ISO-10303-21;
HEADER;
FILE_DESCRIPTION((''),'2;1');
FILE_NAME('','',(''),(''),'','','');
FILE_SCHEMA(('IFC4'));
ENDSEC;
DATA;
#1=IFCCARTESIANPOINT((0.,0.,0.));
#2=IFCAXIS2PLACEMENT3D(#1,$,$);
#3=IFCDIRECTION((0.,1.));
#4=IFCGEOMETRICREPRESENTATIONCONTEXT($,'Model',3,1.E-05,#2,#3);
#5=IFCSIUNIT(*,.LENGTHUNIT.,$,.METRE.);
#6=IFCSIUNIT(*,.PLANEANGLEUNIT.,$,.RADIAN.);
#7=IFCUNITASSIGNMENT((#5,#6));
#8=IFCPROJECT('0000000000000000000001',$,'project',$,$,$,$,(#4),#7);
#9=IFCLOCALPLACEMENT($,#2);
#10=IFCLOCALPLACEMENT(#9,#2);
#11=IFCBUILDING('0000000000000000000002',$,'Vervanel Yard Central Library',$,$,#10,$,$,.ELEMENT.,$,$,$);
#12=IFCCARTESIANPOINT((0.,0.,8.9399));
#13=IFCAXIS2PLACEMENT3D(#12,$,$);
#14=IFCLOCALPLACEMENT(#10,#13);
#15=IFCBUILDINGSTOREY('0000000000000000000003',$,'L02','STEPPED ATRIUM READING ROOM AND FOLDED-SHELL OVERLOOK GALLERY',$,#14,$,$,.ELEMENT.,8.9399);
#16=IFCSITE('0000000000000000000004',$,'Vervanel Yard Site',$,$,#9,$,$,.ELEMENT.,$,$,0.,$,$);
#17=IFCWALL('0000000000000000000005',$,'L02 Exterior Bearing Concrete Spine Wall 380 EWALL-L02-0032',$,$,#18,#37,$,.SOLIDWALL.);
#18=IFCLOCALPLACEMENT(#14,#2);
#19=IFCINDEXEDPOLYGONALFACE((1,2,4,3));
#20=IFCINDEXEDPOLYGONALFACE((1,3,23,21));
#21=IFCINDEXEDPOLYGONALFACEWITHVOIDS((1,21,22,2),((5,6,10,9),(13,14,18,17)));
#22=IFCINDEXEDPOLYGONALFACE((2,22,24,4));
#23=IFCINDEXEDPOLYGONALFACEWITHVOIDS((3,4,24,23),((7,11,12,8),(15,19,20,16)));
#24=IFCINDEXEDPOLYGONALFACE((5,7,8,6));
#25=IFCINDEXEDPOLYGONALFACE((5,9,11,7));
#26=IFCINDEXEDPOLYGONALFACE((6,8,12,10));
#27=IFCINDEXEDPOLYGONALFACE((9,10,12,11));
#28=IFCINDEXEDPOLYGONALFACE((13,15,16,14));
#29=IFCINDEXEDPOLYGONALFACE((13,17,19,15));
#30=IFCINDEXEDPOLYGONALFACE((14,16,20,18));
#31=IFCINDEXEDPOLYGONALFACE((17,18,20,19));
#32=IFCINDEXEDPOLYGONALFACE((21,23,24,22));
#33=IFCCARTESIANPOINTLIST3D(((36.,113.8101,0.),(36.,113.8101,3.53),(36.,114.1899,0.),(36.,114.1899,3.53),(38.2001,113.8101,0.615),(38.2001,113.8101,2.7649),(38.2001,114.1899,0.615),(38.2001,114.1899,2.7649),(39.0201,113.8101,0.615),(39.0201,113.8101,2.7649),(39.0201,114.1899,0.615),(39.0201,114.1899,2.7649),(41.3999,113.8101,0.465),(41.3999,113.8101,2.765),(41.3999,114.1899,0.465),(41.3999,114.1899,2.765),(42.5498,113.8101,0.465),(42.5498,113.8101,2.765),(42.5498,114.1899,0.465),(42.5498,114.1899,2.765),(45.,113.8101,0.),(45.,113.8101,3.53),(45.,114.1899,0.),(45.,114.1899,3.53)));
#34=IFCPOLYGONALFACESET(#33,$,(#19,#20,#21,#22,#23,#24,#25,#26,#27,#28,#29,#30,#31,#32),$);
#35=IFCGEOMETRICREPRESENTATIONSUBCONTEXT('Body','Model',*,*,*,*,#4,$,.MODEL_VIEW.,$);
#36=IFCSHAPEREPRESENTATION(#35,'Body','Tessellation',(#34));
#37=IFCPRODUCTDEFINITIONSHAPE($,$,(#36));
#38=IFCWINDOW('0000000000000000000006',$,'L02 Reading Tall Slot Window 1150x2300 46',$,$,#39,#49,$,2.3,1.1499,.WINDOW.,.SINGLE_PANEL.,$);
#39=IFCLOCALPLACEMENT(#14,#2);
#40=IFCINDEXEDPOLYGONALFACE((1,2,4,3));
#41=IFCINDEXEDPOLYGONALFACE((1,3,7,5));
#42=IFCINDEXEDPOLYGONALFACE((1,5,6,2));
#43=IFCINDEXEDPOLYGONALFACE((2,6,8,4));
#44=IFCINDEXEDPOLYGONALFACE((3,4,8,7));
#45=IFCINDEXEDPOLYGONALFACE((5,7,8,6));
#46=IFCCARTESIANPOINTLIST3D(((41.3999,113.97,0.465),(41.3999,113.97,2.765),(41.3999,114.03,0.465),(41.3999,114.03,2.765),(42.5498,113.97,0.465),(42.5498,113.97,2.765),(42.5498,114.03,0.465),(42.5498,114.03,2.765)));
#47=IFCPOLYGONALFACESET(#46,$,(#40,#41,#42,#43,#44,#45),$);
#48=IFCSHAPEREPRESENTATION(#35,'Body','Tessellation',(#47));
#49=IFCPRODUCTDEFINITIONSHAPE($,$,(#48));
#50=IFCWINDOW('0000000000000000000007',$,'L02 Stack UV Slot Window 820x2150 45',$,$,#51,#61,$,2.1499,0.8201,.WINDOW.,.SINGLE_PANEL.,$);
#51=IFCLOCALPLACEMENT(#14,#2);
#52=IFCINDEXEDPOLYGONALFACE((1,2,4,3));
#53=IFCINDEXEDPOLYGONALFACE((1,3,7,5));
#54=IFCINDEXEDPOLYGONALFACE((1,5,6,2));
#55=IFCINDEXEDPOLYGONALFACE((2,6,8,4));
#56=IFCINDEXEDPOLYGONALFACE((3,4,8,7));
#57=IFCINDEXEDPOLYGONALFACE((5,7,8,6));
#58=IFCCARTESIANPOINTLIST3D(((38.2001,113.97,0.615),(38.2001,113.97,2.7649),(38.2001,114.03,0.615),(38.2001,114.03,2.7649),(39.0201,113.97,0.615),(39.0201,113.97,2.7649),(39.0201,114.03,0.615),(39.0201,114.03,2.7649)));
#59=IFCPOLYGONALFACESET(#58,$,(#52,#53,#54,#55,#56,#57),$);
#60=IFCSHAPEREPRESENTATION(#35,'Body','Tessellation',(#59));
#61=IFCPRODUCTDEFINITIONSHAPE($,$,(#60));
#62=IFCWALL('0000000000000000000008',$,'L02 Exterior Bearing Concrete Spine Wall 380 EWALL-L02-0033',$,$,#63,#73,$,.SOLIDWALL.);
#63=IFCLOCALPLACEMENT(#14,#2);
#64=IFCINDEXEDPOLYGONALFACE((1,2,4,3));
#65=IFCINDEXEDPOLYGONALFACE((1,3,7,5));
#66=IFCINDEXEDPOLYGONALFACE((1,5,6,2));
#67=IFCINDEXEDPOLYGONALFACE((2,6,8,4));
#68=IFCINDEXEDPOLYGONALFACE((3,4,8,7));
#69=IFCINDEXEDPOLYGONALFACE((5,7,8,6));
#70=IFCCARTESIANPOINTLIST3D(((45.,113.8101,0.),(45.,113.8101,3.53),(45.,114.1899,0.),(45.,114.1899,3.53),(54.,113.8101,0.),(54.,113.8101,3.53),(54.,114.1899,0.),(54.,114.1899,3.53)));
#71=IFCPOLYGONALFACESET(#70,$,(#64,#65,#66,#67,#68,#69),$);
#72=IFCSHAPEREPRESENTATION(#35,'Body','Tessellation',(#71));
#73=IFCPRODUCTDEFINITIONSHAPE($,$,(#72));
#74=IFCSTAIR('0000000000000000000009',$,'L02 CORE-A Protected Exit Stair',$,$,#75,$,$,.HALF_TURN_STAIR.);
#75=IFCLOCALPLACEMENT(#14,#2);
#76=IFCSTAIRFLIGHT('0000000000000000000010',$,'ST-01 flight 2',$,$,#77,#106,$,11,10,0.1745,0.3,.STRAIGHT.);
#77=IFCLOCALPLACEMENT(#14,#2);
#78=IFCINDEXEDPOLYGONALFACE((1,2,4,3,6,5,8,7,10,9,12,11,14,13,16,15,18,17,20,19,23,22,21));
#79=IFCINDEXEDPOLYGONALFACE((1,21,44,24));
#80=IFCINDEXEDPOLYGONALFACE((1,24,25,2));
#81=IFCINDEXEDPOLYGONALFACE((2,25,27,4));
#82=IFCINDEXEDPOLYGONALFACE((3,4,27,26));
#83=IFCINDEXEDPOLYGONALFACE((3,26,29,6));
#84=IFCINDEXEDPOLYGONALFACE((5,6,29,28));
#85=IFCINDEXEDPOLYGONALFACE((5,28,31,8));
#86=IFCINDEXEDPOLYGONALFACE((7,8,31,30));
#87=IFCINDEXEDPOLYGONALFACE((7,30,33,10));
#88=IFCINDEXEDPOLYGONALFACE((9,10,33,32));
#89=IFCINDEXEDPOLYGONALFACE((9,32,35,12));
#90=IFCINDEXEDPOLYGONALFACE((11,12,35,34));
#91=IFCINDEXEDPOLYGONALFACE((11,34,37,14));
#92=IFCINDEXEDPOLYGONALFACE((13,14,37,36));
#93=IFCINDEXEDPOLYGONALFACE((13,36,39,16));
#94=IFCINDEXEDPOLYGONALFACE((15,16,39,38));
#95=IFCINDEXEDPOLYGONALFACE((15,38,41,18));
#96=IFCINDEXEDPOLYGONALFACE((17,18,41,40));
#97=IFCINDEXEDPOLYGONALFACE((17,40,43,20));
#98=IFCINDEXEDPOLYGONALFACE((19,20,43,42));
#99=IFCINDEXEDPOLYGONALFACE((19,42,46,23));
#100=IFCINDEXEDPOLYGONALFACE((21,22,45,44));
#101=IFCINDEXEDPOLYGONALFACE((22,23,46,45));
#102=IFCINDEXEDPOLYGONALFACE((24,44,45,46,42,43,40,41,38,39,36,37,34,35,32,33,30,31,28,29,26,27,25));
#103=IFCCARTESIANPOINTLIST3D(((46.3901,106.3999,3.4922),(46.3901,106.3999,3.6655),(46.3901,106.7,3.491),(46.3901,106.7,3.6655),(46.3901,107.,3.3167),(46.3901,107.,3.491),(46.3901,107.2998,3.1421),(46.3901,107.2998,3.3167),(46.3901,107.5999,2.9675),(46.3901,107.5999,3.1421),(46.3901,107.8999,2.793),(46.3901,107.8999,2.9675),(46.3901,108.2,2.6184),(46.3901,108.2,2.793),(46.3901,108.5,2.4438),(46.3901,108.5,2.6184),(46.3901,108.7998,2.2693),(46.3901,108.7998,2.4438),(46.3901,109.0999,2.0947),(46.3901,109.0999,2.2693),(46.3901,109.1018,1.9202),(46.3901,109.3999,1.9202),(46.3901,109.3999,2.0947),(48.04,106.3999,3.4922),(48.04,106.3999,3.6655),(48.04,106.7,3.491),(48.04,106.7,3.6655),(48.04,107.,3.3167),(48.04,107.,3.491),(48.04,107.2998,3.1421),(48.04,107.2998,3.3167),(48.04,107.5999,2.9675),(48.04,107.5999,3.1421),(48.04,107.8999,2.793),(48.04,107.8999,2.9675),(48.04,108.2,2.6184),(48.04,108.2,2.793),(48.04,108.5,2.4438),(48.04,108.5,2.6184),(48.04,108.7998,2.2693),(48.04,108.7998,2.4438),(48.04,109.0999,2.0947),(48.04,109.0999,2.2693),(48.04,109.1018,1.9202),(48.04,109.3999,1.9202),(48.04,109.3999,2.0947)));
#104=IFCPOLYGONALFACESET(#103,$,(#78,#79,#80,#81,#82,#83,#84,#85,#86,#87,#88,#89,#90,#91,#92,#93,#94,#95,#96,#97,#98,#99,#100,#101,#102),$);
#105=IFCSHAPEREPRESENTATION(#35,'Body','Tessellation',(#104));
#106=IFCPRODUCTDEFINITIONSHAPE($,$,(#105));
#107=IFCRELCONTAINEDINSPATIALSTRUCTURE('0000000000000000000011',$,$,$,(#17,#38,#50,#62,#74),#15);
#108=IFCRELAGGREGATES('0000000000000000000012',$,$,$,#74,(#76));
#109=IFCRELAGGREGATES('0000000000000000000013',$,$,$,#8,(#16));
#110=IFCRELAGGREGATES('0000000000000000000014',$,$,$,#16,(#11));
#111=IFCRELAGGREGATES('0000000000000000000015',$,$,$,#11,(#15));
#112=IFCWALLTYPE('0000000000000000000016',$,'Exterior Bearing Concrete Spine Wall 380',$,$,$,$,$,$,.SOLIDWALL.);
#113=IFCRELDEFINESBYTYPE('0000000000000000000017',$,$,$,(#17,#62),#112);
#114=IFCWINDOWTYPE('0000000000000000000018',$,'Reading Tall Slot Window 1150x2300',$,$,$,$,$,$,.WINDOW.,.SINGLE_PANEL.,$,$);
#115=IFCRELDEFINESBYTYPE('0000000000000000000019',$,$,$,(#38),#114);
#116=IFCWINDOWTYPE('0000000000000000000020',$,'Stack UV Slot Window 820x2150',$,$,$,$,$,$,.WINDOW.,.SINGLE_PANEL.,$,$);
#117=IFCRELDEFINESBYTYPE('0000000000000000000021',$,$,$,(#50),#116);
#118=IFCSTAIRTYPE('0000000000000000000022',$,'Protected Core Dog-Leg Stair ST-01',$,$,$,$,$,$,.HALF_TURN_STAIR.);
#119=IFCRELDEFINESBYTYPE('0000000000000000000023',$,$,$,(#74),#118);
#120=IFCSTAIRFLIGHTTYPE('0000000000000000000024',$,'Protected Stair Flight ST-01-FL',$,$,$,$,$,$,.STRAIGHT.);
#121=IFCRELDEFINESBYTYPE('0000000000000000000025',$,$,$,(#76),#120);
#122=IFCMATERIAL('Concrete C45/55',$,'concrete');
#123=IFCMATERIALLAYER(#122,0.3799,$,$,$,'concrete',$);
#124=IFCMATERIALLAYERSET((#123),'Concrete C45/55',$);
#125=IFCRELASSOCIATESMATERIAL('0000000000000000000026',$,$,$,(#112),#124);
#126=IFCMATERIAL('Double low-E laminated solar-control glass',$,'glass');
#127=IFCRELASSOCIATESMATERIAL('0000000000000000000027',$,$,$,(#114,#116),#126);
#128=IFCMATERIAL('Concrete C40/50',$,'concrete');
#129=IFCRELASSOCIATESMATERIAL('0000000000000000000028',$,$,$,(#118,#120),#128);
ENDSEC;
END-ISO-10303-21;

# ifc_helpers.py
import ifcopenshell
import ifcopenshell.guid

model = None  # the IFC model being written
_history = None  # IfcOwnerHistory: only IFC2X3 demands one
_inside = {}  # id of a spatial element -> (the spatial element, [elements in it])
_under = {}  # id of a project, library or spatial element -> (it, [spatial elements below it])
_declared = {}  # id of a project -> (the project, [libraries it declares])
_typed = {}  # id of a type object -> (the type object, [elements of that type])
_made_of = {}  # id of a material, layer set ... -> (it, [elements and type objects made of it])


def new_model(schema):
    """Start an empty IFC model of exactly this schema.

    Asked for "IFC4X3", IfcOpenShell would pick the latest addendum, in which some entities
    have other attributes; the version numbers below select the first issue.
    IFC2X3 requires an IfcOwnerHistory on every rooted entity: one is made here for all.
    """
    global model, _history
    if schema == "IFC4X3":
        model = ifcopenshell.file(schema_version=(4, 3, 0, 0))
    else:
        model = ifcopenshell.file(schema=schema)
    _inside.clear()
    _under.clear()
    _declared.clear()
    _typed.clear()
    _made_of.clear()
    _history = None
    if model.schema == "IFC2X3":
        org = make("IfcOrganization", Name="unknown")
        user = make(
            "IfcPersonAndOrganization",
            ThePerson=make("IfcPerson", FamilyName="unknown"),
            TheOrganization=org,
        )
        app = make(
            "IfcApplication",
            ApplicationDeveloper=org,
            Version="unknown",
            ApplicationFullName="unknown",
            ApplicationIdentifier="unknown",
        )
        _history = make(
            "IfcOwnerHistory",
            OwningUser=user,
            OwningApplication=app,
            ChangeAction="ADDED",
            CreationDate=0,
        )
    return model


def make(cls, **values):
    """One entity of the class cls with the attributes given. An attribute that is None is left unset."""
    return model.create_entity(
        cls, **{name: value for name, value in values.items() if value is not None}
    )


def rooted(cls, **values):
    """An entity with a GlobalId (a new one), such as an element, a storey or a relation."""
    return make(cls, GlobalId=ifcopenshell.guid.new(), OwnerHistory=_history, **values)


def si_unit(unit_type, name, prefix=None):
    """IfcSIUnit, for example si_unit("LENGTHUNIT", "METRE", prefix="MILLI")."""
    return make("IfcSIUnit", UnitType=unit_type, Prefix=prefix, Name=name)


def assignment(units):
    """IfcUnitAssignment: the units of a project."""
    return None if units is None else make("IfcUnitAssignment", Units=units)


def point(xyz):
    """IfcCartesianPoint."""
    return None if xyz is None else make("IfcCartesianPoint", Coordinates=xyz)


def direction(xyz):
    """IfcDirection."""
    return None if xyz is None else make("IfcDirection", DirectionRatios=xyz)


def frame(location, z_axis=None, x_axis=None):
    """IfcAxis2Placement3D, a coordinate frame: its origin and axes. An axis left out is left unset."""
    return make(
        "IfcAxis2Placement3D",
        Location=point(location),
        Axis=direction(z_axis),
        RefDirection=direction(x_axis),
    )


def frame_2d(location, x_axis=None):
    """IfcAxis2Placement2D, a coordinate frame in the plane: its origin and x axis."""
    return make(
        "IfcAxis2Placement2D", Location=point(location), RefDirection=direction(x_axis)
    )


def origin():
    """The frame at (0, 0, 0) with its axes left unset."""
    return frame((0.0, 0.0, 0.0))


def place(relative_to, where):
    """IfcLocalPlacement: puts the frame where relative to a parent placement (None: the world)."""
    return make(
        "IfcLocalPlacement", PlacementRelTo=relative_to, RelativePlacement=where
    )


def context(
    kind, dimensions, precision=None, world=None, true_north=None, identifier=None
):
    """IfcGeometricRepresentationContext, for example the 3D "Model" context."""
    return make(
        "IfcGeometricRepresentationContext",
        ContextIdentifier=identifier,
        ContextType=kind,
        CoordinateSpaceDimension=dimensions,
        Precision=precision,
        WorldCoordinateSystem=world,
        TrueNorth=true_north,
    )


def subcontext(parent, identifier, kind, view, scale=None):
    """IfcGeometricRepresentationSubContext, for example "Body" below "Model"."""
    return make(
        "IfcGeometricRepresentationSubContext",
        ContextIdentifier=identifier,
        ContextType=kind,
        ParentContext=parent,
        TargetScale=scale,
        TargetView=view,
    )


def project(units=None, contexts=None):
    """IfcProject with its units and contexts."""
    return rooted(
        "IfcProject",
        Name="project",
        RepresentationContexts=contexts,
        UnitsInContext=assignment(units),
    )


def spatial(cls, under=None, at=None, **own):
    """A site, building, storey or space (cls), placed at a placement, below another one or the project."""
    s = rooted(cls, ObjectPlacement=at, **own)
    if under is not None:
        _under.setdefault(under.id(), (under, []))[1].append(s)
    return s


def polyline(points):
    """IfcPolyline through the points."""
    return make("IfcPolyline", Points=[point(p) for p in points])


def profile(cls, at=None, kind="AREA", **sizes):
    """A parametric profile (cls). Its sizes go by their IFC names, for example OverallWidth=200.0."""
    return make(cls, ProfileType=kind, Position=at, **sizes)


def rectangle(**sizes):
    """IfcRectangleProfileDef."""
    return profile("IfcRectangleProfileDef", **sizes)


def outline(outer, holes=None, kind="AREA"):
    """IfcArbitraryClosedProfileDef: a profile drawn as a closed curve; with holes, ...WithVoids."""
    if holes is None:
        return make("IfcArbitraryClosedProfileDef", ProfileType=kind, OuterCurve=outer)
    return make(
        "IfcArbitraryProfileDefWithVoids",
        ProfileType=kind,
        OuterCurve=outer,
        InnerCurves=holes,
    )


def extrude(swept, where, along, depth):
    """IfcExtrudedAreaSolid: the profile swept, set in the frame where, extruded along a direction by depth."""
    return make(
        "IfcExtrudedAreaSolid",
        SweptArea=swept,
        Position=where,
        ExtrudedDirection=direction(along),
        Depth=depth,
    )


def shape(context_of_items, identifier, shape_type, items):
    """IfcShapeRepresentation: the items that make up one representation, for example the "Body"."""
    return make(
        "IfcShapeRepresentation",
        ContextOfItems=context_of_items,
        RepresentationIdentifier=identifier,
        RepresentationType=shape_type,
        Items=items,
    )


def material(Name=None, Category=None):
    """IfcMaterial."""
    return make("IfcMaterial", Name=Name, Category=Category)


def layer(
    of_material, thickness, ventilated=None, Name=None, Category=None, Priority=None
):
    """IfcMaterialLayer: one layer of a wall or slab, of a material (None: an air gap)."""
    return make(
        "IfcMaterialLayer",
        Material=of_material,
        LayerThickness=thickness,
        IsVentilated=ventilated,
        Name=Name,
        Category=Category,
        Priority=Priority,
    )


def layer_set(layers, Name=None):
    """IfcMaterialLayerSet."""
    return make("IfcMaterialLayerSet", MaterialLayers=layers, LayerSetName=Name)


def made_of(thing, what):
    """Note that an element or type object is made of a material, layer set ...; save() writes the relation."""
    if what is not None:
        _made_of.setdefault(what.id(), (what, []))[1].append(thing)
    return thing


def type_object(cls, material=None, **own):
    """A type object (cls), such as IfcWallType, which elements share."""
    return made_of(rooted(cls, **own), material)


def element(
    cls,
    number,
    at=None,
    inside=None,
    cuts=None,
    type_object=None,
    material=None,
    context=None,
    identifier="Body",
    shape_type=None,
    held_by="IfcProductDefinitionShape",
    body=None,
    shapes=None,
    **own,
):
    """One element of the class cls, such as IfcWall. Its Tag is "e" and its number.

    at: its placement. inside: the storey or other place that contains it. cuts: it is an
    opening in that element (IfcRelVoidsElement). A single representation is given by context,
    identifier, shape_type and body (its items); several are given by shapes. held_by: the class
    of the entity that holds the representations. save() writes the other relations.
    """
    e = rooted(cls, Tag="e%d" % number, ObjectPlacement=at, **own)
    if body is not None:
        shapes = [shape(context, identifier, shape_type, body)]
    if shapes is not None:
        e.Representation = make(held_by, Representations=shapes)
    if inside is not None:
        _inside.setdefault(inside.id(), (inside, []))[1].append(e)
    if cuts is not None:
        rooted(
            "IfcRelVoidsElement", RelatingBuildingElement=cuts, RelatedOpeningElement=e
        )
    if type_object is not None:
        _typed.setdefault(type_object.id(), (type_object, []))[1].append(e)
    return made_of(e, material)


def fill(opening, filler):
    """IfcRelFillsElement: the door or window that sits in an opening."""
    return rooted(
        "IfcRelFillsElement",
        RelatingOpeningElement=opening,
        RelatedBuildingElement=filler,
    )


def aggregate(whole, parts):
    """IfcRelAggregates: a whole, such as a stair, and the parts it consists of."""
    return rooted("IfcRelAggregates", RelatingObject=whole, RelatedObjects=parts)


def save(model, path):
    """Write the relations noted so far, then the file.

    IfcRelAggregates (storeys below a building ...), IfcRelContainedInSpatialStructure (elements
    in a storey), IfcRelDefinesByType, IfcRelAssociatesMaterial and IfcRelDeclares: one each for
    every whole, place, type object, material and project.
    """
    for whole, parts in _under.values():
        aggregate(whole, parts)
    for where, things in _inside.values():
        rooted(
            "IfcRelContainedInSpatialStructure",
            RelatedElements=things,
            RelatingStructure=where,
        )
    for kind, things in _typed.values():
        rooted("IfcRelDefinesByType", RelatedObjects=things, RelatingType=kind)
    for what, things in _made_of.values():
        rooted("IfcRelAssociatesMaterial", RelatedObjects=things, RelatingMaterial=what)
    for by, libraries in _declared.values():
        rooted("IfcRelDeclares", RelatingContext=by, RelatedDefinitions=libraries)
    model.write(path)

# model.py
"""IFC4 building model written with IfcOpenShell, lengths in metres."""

from ifc_helpers import new_model, si_unit, direction, frame, frame_2d, origin, place, context, subcontext, project, spatial, polyline, rectangle, outline, extrude, material, layer, layer_set, type_object, element, fill, aggregate, save


model = new_model("IFC4")

# Units and contexts
model_context = context("Model", 3, precision=1e-05, world=origin(), true_north=direction((0.0, 1.0)))
body_context = subcontext(model_context, "Body", "Model", "MODEL_VIEW")
ifc_project = project(units=[si_unit("LENGTHUNIT", "METRE"), si_unit("PLANEANGLEUNIT", "RADIAN")], contexts=[model_context])

# Site, building, storey
site_placement = place(None, origin())
site = spatial("IfcSite", under=ifc_project, at=site_placement, Name="Vervanel Yard Site", CompositionType="ELEMENT", RefElevation=0.0)
building_placement = place(site_placement, origin())
building = spatial("IfcBuilding", under=site, at=building_placement, Name="Vervanel Yard Central Library", CompositionType="ELEMENT")
storey_placement = place(building_placement, frame((0.0, 0.0, 8.9399)))
storey = spatial("IfcBuildingStorey", under=building, at=storey_placement, Name="L02", Description="STEPPED ATRIUM READING ROOM AND FOLDED-SHELL OVERLOOK GALLERY", CompositionType="ELEMENT", Elevation=8.9399)

# Shared definitions
ifc_material_1 = material(Name="Concrete C45/55", Category="concrete")

# Shared definitions
ifc_material_2 = material(Name="Concrete C40/50", Category="concrete")

# Wall, openings, windows
ifc_layer_1 = layer(ifc_material_1, 0.3799, Category="concrete")
ifc_layer_set_1 = layer_set([ifc_layer_1], Name="Concrete C45/55")
wall_type_1 = type_object("IfcWallType", Name="Exterior Bearing Concrete Spine Wall 380", PredefinedType="SOLIDWALL", material=ifc_layer_set_1)
wall_1_placement = place(storey_placement, frame((36.0, 114.0, 0.0), z_axis=(0.0, 0.0, 1.0), x_axis=(1.0, 0.0, 0.0)))
wall_1 = element("IfcWall", 1, at=wall_1_placement, inside=storey, type_object=wall_type_1, Name="L02 Exterior Bearing Concrete Spine Wall 380 EWALL-L02-0032", PredefinedType="SOLIDWALL", context=body_context, shape_type="SweptSolid", body=[
    extrude(rectangle(XDim=9.0, YDim=0.3799, at=frame_2d((4.5, 0.0))), origin(), (0.0, 0.0, 1.0), 3.53),
])
opening_1_placement = place(wall_1_placement, frame((2.2, 0.0, 0.615)))
opening_1 = element("IfcOpeningElement", 2, at=opening_1_placement, cuts=wall_1, PredefinedType="OPENING", context=body_context, shape_type="SweptSolid", body=[
    extrude(rectangle(XDim=0.8201, YDim=2.1499, at=frame_2d((0.4102, 1.075))), frame((0.0, 0.2, 0.0), z_axis=(0.0, -1.0, 0.0), x_axis=(1.0, 0.0, 0.0)), (0.0, 0.0, 1.0), 0.3999),
])
opening_2_placement = place(wall_1_placement, frame((5.3999, 0.0, 0.4651)))
opening_2 = element("IfcOpeningElement", 3, at=opening_2_placement, cuts=wall_1, PredefinedType="OPENING", context=body_context, shape_type="SweptSolid", body=[
    extrude(rectangle(XDim=1.1499, YDim=2.3, at=frame_2d((0.575, 1.1499))), frame((0.0, 0.2, 0.0), z_axis=(0.0, -1.0, 0.0), x_axis=(1.0, 0.0, 0.0)), (0.0, 0.0, 1.0), 0.3999),
])
ifc_material_3 = material(Name="Double low-E laminated solar-control glass", Category="glass")
window_type_1 = type_object("IfcWindowType", Name="Reading Tall Slot Window 1150x2300", PartitioningType="SINGLE_PANEL", PredefinedType="WINDOW", material=ifc_material_3)
window_1_placement = place(opening_2_placement, origin())
window_1 = element("IfcWindow", 4, at=window_1_placement, inside=storey, type_object=window_type_1, Name="L02 Reading Tall Slot Window 1150x2300 46", OverallHeight=2.3, OverallWidth=1.1499, PartitioningType="SINGLE_PANEL", PredefinedType="WINDOW", context=body_context, shape_type="SweptSolid", body=[
    extrude(rectangle(XDim=1.1499, YDim=2.3, at=frame_2d((0.575, 1.1499))), frame((0.0, 0.03, 0.0), z_axis=(0.0, -1.0, 0.0), x_axis=(1.0, 0.0, 0.0)), (0.0, 0.0, 1.0), 0.0601),
])
fill(opening_2, window_1)
window_type_2 = type_object("IfcWindowType", Name="Stack UV Slot Window 820x2150", PartitioningType="SINGLE_PANEL", PredefinedType="WINDOW", material=ifc_material_3)
window_2_placement = place(opening_1_placement, origin())
window_2 = element("IfcWindow", 5, at=window_2_placement, inside=storey, type_object=window_type_2, Name="L02 Stack UV Slot Window 820x2150 45", OverallHeight=2.1499, OverallWidth=0.8201, PartitioningType="SINGLE_PANEL", PredefinedType="WINDOW", context=body_context, shape_type="SweptSolid", body=[
    extrude(rectangle(XDim=0.8201, YDim=2.1499, at=frame_2d((0.4102, 1.075))), frame((0.0, 0.03, 0.0), z_axis=(0.0, -1.0, 0.0), x_axis=(1.0, 0.0, 0.0)), (0.0, 0.0, 1.0), 0.0601),
])
fill(opening_1, window_2)

# Wall
wall_2_placement = place(storey_placement, frame((45.0, 114.0, 0.0), z_axis=(0.0, 0.0, 1.0), x_axis=(1.0, 0.0, 0.0)))
element("IfcWall", 6, at=wall_2_placement, inside=storey, type_object=wall_type_1, Name="L02 Exterior Bearing Concrete Spine Wall 380 EWALL-L02-0033", PredefinedType="SOLIDWALL", context=body_context, shape_type="SweptSolid", body=[
    extrude(rectangle(XDim=9.0, YDim=0.3799, at=frame_2d((4.5, 0.0))), origin(), (0.0, 0.0, 1.0), 3.53),
])

# Stair, stair flight
stair_type = type_object("IfcStairType", Name="Protected Core Dog-Leg Stair ST-01", PredefinedType="HALF_TURN_STAIR", material=ifc_material_2)
stair_placement = place(storey_placement, origin())
stair = element("IfcStair", 7, at=stair_placement, inside=storey, type_object=stair_type, Name="L02 CORE-A Protected Exit Stair", PredefinedType="HALF_TURN_STAIR")
stair_flight_type = type_object("IfcStairFlightType", Name="Protected Stair Flight ST-01-FL", PredefinedType="STRAIGHT", material=ifc_material_2)
stair_flight_placement = place(storey_placement, frame((47.2151, 109.3999, 1.9202), z_axis=(0.0, 0.0, 1.0), x_axis=(0.0, -1.0, 0.0)))
stair_flight = element("IfcStairFlight", 8, at=stair_flight_placement, type_object=stair_flight_type, Name="ST-01 flight 2", NumberOfRisers=11, NumberOfTreads=10, PredefinedType="STRAIGHT", RiserHeight=0.1745, TreadLength=0.3, context=body_context, shape_type="SweptSolid", body=[
    extrude(outline(polyline([(0.0, 0.0), (0.0, 0.1746), (0.3, 0.1746), (0.3, 0.3491), (0.6001, 0.3491), (0.6001, 0.5237), (0.8999, 0.5237), (0.8999, 0.6982), (1.2, 0.6982), (1.2, 0.8728), (1.5, 0.8728), (1.5, 1.0474), (1.8, 1.0474), (1.8, 1.2219), (2.1001, 1.2219), (2.1001, 1.3965), (2.3999, 1.3965), (2.3999, 1.5708), (2.7, 1.5708), (2.7, 1.7454), (3.0, 1.7454), (3.0, 1.9199), (3.0, 1.572), (0.2981, 0.0), (0.0, 0.0)])), frame((0.0, 0.825, 0.0), z_axis=(0.0, -1.0, 0.0), x_axis=(1.0, 0.0, 0.0)), (0.0, 0.0, 1.0), 1.6499),
])
aggregate(stair, [stair_flight])

save(model, "model.ifc")
